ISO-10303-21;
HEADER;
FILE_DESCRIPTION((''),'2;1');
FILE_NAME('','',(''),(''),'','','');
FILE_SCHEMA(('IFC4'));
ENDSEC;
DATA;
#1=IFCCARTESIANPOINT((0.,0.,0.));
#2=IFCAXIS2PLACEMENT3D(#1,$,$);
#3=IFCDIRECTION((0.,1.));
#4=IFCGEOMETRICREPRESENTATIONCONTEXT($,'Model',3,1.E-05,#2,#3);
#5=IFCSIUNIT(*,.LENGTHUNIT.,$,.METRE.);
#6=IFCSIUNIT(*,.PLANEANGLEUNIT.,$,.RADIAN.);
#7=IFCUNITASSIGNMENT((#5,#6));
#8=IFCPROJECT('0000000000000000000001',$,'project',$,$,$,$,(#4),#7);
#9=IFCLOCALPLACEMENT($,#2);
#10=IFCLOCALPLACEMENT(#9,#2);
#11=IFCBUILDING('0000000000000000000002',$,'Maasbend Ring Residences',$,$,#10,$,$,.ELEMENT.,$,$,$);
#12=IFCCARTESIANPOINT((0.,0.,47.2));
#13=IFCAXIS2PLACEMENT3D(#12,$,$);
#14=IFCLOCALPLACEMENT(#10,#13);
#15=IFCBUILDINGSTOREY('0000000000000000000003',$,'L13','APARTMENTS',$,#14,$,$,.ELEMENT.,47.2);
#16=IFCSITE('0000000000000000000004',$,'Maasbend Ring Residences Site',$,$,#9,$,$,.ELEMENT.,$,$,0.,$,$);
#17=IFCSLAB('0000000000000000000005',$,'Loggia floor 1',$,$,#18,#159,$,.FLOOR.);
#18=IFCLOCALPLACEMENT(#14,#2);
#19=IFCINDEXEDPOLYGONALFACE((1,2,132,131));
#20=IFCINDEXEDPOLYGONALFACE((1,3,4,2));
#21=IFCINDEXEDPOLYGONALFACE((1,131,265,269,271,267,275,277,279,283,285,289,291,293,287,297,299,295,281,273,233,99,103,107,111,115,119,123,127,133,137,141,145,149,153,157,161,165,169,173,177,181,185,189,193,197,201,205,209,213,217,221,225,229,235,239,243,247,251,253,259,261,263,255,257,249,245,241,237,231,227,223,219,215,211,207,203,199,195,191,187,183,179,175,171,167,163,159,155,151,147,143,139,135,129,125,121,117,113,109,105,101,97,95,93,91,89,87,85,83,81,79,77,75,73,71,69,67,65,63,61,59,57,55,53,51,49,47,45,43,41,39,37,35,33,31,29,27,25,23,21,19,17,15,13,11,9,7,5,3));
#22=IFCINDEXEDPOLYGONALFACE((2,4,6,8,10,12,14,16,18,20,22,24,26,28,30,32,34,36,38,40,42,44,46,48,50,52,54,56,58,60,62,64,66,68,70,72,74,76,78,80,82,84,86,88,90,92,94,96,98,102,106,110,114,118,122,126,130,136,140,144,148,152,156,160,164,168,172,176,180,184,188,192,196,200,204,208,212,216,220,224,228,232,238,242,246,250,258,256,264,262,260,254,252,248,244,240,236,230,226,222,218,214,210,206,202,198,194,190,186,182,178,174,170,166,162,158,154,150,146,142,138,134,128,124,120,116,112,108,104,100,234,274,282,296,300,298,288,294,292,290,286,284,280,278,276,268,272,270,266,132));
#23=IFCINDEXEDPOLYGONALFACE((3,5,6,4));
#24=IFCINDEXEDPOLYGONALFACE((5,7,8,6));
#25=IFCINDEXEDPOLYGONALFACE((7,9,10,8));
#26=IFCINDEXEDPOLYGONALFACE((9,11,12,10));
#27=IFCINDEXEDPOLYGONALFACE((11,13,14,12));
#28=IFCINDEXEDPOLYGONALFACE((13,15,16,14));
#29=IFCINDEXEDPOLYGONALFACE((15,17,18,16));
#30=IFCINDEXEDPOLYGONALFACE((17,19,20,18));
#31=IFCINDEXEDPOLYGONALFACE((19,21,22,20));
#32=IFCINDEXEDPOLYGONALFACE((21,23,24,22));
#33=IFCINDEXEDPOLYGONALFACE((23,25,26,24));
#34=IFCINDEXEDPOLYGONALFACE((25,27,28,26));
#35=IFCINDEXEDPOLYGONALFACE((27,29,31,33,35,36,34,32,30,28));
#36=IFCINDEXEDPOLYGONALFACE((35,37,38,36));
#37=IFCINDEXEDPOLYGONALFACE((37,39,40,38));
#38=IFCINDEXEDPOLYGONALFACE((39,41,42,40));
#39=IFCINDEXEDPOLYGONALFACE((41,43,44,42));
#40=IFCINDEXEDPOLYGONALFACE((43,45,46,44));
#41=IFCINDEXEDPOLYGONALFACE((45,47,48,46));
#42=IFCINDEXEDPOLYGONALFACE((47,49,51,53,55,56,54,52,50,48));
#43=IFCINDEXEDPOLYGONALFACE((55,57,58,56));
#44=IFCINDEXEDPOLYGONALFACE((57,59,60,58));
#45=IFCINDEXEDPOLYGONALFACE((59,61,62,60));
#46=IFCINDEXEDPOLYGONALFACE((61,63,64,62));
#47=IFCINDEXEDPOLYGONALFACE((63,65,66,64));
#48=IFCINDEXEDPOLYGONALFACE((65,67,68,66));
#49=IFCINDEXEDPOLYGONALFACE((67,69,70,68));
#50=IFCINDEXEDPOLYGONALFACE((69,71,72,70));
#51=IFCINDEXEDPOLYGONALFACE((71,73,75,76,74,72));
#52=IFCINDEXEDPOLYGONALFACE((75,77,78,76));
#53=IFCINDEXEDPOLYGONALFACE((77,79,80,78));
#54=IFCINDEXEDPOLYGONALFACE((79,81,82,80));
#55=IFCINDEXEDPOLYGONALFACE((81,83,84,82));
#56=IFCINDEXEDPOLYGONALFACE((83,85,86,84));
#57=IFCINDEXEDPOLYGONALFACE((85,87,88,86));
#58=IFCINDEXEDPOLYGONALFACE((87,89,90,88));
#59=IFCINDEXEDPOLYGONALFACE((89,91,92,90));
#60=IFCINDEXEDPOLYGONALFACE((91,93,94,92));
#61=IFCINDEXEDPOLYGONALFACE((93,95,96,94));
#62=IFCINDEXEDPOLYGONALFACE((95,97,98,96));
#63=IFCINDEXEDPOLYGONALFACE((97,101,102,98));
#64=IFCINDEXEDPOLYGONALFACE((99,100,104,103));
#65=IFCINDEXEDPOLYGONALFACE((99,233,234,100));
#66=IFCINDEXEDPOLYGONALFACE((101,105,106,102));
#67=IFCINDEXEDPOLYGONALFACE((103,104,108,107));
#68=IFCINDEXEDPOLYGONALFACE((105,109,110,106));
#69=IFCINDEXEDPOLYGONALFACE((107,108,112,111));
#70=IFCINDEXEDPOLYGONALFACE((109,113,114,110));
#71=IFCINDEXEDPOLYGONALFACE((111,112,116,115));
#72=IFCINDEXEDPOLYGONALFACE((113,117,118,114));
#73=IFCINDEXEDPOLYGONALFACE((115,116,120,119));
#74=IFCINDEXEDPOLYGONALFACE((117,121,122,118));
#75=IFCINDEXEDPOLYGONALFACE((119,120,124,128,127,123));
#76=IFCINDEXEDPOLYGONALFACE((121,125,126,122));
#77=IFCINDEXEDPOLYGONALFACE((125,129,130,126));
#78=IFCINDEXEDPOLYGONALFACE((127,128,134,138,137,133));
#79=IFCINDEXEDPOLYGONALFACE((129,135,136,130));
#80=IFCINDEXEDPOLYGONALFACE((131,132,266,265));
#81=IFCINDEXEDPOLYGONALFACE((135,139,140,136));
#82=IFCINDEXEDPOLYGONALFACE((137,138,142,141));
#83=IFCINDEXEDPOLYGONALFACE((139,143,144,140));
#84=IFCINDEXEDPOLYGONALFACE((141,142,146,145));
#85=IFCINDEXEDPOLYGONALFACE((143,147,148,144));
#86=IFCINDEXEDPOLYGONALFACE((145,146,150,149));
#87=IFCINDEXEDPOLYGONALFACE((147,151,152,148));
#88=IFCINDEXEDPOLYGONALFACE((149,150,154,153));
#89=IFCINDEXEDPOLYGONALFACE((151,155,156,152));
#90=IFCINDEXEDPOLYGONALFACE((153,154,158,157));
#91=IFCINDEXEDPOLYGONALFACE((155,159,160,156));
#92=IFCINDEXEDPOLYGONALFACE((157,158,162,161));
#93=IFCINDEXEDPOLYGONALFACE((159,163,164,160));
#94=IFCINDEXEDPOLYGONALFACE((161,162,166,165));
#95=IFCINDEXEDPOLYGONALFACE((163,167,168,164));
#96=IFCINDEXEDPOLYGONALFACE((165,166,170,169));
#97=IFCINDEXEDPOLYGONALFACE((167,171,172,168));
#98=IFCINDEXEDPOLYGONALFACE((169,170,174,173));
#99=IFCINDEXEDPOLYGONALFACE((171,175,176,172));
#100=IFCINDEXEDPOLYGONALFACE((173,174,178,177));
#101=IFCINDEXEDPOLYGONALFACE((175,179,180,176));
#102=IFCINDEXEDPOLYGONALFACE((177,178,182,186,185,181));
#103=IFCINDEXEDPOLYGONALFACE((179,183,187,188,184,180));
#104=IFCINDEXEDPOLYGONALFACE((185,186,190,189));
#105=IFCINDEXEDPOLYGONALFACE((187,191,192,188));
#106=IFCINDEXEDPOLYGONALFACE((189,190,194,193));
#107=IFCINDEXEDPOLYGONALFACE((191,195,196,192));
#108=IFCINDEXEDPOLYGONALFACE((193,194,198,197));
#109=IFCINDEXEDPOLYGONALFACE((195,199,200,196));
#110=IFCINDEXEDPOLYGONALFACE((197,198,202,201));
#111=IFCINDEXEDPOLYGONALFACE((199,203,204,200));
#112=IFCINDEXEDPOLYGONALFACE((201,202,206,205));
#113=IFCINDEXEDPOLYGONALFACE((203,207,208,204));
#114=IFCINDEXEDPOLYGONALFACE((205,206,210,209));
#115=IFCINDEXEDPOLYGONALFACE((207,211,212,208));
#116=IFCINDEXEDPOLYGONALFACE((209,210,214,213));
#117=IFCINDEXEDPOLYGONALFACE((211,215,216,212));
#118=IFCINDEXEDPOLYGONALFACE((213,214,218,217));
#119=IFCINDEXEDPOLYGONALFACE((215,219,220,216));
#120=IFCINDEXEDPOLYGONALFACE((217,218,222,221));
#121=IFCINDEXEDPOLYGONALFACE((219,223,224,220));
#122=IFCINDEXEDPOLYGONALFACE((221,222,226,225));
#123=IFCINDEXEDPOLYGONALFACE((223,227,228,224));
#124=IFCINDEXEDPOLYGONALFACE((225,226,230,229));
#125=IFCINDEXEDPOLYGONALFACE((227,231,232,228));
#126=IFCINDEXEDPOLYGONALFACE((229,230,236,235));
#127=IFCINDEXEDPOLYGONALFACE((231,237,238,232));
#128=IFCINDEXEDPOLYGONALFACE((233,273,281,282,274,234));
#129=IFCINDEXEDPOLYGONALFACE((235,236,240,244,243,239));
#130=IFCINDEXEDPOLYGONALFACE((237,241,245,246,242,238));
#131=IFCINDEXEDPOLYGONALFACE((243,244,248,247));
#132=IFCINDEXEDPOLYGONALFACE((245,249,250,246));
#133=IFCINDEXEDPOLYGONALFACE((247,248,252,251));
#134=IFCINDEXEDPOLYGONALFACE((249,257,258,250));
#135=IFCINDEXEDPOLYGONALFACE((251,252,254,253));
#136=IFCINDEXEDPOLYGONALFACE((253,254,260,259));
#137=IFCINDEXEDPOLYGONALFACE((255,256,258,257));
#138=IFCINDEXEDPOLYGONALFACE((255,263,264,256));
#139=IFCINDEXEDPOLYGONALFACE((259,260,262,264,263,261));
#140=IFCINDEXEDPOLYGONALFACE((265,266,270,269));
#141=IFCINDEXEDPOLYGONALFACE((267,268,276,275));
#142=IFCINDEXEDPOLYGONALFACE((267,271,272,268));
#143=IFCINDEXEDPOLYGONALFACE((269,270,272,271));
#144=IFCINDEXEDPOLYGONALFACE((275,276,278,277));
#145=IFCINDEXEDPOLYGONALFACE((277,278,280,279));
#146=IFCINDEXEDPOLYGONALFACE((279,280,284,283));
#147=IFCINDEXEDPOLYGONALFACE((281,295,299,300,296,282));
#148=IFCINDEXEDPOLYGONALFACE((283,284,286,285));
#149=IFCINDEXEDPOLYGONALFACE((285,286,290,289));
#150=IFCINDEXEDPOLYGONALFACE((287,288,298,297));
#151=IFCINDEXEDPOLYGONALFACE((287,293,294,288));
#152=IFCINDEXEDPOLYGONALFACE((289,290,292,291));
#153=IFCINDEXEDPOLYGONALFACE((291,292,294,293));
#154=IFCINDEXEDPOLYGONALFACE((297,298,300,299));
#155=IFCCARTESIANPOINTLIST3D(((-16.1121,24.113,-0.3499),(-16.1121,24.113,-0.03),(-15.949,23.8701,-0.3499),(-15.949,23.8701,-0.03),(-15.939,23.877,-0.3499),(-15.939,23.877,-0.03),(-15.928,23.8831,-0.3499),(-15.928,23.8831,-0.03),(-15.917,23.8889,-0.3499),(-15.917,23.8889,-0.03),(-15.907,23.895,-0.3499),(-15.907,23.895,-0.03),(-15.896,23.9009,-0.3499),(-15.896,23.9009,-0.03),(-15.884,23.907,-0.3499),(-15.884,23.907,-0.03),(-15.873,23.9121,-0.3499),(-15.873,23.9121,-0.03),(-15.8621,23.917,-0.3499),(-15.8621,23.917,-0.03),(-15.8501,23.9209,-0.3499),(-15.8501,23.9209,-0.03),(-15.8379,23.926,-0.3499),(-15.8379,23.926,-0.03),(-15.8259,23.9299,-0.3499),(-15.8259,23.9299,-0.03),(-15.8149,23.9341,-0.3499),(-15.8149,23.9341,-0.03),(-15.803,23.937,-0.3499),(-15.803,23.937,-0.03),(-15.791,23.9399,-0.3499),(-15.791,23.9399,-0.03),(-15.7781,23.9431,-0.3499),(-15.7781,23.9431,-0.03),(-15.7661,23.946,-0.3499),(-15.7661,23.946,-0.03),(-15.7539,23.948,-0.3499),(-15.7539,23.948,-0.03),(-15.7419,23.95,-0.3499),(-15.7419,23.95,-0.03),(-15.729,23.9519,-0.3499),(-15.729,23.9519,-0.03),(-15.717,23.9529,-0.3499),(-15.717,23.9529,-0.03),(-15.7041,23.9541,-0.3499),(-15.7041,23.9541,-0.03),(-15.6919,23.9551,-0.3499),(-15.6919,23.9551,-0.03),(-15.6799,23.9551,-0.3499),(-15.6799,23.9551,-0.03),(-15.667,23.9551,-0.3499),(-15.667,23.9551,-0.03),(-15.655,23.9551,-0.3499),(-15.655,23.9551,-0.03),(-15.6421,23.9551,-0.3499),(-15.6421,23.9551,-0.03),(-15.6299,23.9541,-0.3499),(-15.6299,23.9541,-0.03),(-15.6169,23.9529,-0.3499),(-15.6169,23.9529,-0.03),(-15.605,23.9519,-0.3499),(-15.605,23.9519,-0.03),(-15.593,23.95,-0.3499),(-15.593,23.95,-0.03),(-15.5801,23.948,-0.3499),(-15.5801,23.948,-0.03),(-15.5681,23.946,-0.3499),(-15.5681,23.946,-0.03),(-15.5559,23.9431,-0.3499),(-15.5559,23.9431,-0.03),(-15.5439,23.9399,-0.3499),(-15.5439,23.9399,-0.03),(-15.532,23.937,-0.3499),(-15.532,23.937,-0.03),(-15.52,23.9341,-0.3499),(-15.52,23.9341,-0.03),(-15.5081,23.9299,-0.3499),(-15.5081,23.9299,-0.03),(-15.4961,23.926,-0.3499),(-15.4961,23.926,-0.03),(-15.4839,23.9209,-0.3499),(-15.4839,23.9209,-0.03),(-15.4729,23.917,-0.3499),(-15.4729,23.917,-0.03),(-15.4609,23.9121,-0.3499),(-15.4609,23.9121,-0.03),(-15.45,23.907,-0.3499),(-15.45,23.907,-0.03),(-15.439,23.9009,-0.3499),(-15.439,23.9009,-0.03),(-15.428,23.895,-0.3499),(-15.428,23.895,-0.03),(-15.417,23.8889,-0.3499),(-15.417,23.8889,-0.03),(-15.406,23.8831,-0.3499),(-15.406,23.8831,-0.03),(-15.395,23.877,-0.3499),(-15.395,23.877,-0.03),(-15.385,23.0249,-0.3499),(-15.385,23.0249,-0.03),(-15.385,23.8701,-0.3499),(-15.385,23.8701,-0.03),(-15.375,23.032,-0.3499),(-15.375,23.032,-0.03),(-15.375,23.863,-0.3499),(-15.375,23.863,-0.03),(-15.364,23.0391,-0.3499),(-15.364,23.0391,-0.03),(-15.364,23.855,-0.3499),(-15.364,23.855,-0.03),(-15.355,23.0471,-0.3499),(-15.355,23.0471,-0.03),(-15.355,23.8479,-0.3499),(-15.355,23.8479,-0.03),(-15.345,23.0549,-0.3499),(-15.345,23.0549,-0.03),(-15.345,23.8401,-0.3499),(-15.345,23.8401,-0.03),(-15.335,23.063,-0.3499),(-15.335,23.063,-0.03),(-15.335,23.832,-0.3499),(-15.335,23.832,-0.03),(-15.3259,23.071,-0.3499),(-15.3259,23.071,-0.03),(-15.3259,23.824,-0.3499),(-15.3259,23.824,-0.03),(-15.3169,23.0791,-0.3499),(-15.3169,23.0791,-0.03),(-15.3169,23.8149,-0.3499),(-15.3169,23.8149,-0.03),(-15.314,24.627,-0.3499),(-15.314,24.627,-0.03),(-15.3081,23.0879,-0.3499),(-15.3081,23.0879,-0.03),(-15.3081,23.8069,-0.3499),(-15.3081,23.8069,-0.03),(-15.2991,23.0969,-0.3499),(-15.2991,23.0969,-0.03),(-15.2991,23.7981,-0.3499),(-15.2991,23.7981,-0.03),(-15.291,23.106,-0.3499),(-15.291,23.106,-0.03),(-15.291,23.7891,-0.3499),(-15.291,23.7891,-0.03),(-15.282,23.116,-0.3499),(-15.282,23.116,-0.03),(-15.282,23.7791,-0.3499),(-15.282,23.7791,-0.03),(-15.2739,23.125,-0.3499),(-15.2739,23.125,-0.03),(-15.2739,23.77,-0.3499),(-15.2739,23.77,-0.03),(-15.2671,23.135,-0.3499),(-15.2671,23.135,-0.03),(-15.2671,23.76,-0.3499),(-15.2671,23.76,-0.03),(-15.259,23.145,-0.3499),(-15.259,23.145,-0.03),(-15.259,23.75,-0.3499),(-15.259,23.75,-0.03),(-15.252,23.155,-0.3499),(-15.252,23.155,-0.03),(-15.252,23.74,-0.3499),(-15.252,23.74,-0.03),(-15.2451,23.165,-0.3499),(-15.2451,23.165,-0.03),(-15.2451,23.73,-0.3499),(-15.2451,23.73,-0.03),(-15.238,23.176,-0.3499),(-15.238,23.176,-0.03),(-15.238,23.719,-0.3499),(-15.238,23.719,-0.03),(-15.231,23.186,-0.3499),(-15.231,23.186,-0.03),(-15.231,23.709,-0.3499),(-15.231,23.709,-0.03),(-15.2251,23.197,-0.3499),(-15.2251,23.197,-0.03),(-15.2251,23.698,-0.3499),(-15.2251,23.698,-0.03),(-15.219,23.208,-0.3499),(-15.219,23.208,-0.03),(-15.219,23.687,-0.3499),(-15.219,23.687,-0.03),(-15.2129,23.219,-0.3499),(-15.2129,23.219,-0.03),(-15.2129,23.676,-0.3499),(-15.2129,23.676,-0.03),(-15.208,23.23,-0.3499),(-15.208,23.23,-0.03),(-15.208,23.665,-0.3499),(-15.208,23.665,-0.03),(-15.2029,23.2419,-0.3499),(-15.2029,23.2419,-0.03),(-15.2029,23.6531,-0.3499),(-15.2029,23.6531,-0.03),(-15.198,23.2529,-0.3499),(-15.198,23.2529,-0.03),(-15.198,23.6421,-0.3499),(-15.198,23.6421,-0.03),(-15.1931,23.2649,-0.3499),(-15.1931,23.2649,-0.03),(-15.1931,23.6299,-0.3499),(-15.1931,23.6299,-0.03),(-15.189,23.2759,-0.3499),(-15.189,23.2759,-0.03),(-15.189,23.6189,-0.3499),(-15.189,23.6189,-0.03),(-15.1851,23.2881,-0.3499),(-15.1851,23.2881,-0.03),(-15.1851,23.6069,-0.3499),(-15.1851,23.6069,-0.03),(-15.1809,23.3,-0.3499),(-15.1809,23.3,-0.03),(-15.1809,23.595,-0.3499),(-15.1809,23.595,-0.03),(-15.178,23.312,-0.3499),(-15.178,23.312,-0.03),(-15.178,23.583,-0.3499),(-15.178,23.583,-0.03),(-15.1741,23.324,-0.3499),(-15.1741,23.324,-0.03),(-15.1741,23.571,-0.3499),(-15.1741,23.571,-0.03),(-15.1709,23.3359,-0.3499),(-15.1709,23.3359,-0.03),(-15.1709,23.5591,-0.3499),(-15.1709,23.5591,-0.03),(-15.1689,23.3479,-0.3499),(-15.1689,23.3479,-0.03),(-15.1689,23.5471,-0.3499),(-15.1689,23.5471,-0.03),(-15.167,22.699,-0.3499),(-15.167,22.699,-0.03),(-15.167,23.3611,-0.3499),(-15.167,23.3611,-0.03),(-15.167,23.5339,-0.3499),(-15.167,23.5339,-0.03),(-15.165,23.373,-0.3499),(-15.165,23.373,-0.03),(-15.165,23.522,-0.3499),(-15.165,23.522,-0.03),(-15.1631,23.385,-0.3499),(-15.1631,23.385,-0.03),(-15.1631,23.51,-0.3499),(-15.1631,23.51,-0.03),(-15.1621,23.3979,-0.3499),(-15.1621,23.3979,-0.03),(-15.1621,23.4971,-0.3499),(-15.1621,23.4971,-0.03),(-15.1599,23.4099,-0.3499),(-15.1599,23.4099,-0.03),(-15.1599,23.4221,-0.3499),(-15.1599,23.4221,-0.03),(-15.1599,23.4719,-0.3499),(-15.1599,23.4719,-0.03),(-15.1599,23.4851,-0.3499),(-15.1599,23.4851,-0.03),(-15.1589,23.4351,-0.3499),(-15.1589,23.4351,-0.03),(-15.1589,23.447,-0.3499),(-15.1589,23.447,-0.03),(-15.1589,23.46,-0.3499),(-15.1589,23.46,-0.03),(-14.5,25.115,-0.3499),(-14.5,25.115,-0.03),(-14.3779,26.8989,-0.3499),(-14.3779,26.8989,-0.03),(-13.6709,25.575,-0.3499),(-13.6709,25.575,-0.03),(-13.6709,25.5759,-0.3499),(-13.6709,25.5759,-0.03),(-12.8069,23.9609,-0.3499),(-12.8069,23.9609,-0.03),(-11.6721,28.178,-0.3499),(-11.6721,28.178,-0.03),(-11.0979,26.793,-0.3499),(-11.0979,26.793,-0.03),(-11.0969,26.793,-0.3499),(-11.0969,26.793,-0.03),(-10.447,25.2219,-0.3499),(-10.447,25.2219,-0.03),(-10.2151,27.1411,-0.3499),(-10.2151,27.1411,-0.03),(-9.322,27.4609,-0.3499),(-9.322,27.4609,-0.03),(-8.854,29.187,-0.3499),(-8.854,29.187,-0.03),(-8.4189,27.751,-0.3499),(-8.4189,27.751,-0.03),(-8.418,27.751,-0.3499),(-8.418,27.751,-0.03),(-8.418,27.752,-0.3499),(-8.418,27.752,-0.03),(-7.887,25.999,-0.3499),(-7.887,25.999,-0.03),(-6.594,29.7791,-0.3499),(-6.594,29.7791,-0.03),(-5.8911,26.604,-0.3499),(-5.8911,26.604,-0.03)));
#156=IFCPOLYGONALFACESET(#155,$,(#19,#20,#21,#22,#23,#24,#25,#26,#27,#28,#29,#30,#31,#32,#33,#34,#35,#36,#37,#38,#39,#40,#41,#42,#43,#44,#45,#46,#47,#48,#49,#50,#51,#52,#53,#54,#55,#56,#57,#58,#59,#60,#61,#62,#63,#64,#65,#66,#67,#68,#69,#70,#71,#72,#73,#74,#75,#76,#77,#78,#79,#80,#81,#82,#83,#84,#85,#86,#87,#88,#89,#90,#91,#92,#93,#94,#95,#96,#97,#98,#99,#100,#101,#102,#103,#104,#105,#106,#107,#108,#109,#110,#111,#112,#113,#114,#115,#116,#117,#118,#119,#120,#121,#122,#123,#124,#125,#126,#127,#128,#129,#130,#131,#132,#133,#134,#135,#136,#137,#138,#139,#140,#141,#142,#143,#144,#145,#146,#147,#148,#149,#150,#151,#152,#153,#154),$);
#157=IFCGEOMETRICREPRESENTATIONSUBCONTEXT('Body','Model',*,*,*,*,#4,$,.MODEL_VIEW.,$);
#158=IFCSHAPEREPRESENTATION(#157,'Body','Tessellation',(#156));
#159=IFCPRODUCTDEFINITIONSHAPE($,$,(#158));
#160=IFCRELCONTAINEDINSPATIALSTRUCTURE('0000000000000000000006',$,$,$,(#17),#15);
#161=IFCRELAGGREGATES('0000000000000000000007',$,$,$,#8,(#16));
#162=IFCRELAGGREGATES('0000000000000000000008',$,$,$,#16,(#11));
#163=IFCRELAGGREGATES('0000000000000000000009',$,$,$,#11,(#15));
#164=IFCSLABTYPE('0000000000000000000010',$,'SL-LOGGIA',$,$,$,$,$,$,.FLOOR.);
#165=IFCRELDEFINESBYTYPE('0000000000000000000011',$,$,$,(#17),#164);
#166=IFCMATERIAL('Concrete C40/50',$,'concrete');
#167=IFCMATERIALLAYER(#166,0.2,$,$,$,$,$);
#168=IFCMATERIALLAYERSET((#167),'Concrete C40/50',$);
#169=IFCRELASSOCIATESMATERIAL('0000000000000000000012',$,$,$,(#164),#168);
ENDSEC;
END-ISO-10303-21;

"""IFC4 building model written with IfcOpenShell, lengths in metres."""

from ifc_helpers import new_model, si_unit, direction, frame, origin, place, context, subcontext, project, spatial, polyline, outline, extrude, material, layer, layer_set, type_object, element, save


model = new_model("IFC4")

# Units and contexts
model_context = context("Model", 3, precision=1e-05, world=origin(), true_north=direction((0.0, 1.0)))
body_context = subcontext(model_context, "Body", "Model", "MODEL_VIEW")
ifc_project = project(units=[si_unit("LENGTHUNIT", "METRE"), si_unit("PLANEANGLEUNIT", "RADIAN")], contexts=[model_context])

# Site, building, storey
site_placement = place(None, origin())
site = spatial("IfcSite", under=ifc_project, at=site_placement, Name="Maasbend Ring Residences Site", CompositionType="ELEMENT", RefElevation=0.0)
building_placement = place(site_placement, origin())
building = spatial("IfcBuilding", under=site, at=building_placement, Name="Maasbend Ring Residences", CompositionType="ELEMENT")
storey_placement = place(building_placement, frame((0.0, 0.0, 47.2)))
storey = spatial("IfcBuildingStorey", under=building, at=storey_placement, Name="L13", Description="APARTMENTS", CompositionType="ELEMENT", Elevation=47.2)

# Slab
ifc_material_1 = material(Name="Concrete C40/50", Category="concrete")
ifc_layer_1 = layer(ifc_material_1, 0.2)
ifc_layer_set_1 = layer_set([ifc_layer_1], Name="Concrete C40/50")
slab_type_1 = type_object("IfcSlabType", Name="SL-LOGGIA", PredefinedType="FLOOR", material=ifc_layer_set_1)
slab_1_placement = place(storey_placement, frame((0.0, 0.0, -0.3499)))
element("IfcSlab", 1, at=slab_1_placement, inside=storey, type_object=slab_type_1, Name="Loggia floor 1", PredefinedType="FLOOR", context=body_context, shape_type="SweptSolid", body=[
    extrude(outline(polyline([(-14.5, 25.115), (-13.6709, 25.575), (-13.6709, 25.5759), (-13.6709, 25.5759), (-13.6709, 25.5759), (-13.6709, 25.5759), (-13.6709, 25.5759), (-13.6709, 25.5759), (-13.6709, 25.5759), (-13.6709, 25.5759), (-13.6709, 25.5759), (-13.6709, 25.5759), (-13.6709, 25.5759), (-13.6709, 25.5759), (-13.6709, 25.5759), (-13.6709, 25.5759), (-13.6709, 25.5759), (-13.6709, 25.5759), (-14.3779, 26.8989), (-14.3779, 26.8989), (-14.3779, 26.8989), (-11.6721, 28.178), (-11.6721, 28.178), (-11.6721, 28.178), (-11.0979, 26.793), (-11.0979, 26.793), (-11.0979, 26.793), (-11.0979, 26.793), (-11.0979, 26.793), (-11.0979, 26.793), (-11.0979, 26.793), (-11.0979, 26.793), (-11.0979, 26.793), (-11.0979, 26.793), (-11.0979, 26.793), (-11.0979, 26.793), (-11.0979, 26.793), (-11.0979, 26.793), (-11.0969, 26.793), (-11.0969, 26.793), (-11.0969, 26.793), (-10.2151, 27.1411), (-10.2151, 27.1411), (-9.322, 27.4609), (-9.322, 27.4609), (-8.4189, 27.751), (-8.4189, 27.751), (-8.4189, 27.751), (-8.4189, 27.751), (-8.4189, 27.751), (-8.4189, 27.751), (-8.418, 27.751), (-8.418, 27.751), (-8.418, 27.751), (-8.418, 27.751), (-8.418, 27.751), (-8.418, 27.752), (-8.418, 27.752), (-8.418, 27.752), (-8.418, 27.752), (-8.418, 27.752), (-8.418, 27.752), (-8.854, 29.187), (-8.854, 29.187), (-8.854, 29.187), (-6.594, 29.7791), (-6.594, 29.7791), (-6.594, 29.7791), (-5.8911, 26.604), (-5.8911, 26.604), (-5.8911, 26.604), (-7.887, 25.999), (-10.447, 25.2219), (-10.447, 25.2219), (-10.447, 25.2219), (-12.8069, 23.9609), (-15.167, 22.699), (-15.167, 22.699), (-15.167, 22.699), (-15.385, 23.0249), (-15.375, 23.032), (-15.364, 23.0391), (-15.355, 23.0471), (-15.345, 23.0549), (-15.335, 23.063), (-15.3259, 23.071), (-15.3169, 23.0791), (-15.3081, 23.0879), (-15.2991, 23.0969), (-15.291, 23.106), (-15.282, 23.116), (-15.2739, 23.125), (-15.2671, 23.135), (-15.259, 23.145), (-15.252, 23.155), (-15.2451, 23.165), (-15.238, 23.176), (-15.231, 23.186), (-15.2251, 23.197), (-15.219, 23.208), (-15.2129, 23.219), (-15.208, 23.23), (-15.2029, 23.2419), (-15.198, 23.2529), (-15.1931, 23.2649), (-15.189, 23.2759), (-15.1851, 23.2881), (-15.1809, 23.3), (-15.178, 23.312), (-15.1741, 23.324), (-15.1709, 23.3359), (-15.1689, 23.3479), (-15.167, 23.3611), (-15.165, 23.373), (-15.1631, 23.385), (-15.1621, 23.3979), (-15.1599, 23.4099), (-15.1599, 23.4221), (-15.1589, 23.4351), (-15.1589, 23.447), (-15.1589, 23.46), (-15.1599, 23.4719), (-15.1599, 23.4851), (-15.1621, 23.4971), (-15.1631, 23.51), (-15.165, 23.522), (-15.167, 23.5339), (-15.1689, 23.5471), (-15.1709, 23.5591), (-15.1741, 23.571), (-15.178, 23.583), (-15.1809, 23.595), (-15.1851, 23.6069), (-15.189, 23.6189), (-15.1931, 23.6299), (-15.198, 23.6421), (-15.2029, 23.6531), (-15.208, 23.665), (-15.2129, 23.676), (-15.219, 23.687), (-15.2251, 23.698), (-15.231, 23.709), (-15.238, 23.719), (-15.2451, 23.73), (-15.252, 23.74), (-15.259, 23.75), (-15.2671, 23.76), (-15.2739, 23.77), (-15.282, 23.7791), (-15.291, 23.7891), (-15.2991, 23.7981), (-15.3081, 23.8069), (-15.3169, 23.8149), (-15.3259, 23.824), (-15.335, 23.832), (-15.345, 23.8401), (-15.355, 23.8479), (-15.364, 23.855), (-15.375, 23.863), (-15.385, 23.8701), (-15.395, 23.877), (-15.406, 23.8831), (-15.417, 23.8889), (-15.428, 23.895), (-15.439, 23.9009), (-15.45, 23.907), (-15.4609, 23.9121), (-15.4729, 23.917), (-15.4839, 23.9209), (-15.4961, 23.926), (-15.5081, 23.9299), (-15.52, 23.9341), (-15.532, 23.937), (-15.5439, 23.9399), (-15.5559, 23.9431), (-15.5681, 23.946), (-15.5801, 23.948), (-15.593, 23.95), (-15.605, 23.9519), (-15.6169, 23.9529), (-15.6299, 23.9541), (-15.6421, 23.9551), (-15.655, 23.9551), (-15.667, 23.9551), (-15.6799, 23.9551), (-15.6919, 23.9551), (-15.7041, 23.9541), (-15.717, 23.9529), (-15.729, 23.9519), (-15.7419, 23.95), (-15.7539, 23.948), (-15.7661, 23.946), (-15.7781, 23.9431), (-15.791, 23.9399), (-15.803, 23.937), (-15.8149, 23.9341), (-15.8259, 23.9299), (-15.8379, 23.926), (-15.8501, 23.9209), (-15.8621, 23.917), (-15.873, 23.9121), (-15.884, 23.907), (-15.896, 23.9009), (-15.907, 23.895), (-15.917, 23.8889), (-15.928, 23.8831), (-15.939, 23.877), (-15.949, 23.8701), (-16.1121, 24.113), (-16.1121, 24.113), (-16.1121, 24.113), (-15.314, 24.627), (-15.314, 24.627), (-14.5, 25.115), (-14.5, 25.115)])), origin(), (0.0, 0.0, 1.0), 0.3198),
])

save(model, "model.ifc")
